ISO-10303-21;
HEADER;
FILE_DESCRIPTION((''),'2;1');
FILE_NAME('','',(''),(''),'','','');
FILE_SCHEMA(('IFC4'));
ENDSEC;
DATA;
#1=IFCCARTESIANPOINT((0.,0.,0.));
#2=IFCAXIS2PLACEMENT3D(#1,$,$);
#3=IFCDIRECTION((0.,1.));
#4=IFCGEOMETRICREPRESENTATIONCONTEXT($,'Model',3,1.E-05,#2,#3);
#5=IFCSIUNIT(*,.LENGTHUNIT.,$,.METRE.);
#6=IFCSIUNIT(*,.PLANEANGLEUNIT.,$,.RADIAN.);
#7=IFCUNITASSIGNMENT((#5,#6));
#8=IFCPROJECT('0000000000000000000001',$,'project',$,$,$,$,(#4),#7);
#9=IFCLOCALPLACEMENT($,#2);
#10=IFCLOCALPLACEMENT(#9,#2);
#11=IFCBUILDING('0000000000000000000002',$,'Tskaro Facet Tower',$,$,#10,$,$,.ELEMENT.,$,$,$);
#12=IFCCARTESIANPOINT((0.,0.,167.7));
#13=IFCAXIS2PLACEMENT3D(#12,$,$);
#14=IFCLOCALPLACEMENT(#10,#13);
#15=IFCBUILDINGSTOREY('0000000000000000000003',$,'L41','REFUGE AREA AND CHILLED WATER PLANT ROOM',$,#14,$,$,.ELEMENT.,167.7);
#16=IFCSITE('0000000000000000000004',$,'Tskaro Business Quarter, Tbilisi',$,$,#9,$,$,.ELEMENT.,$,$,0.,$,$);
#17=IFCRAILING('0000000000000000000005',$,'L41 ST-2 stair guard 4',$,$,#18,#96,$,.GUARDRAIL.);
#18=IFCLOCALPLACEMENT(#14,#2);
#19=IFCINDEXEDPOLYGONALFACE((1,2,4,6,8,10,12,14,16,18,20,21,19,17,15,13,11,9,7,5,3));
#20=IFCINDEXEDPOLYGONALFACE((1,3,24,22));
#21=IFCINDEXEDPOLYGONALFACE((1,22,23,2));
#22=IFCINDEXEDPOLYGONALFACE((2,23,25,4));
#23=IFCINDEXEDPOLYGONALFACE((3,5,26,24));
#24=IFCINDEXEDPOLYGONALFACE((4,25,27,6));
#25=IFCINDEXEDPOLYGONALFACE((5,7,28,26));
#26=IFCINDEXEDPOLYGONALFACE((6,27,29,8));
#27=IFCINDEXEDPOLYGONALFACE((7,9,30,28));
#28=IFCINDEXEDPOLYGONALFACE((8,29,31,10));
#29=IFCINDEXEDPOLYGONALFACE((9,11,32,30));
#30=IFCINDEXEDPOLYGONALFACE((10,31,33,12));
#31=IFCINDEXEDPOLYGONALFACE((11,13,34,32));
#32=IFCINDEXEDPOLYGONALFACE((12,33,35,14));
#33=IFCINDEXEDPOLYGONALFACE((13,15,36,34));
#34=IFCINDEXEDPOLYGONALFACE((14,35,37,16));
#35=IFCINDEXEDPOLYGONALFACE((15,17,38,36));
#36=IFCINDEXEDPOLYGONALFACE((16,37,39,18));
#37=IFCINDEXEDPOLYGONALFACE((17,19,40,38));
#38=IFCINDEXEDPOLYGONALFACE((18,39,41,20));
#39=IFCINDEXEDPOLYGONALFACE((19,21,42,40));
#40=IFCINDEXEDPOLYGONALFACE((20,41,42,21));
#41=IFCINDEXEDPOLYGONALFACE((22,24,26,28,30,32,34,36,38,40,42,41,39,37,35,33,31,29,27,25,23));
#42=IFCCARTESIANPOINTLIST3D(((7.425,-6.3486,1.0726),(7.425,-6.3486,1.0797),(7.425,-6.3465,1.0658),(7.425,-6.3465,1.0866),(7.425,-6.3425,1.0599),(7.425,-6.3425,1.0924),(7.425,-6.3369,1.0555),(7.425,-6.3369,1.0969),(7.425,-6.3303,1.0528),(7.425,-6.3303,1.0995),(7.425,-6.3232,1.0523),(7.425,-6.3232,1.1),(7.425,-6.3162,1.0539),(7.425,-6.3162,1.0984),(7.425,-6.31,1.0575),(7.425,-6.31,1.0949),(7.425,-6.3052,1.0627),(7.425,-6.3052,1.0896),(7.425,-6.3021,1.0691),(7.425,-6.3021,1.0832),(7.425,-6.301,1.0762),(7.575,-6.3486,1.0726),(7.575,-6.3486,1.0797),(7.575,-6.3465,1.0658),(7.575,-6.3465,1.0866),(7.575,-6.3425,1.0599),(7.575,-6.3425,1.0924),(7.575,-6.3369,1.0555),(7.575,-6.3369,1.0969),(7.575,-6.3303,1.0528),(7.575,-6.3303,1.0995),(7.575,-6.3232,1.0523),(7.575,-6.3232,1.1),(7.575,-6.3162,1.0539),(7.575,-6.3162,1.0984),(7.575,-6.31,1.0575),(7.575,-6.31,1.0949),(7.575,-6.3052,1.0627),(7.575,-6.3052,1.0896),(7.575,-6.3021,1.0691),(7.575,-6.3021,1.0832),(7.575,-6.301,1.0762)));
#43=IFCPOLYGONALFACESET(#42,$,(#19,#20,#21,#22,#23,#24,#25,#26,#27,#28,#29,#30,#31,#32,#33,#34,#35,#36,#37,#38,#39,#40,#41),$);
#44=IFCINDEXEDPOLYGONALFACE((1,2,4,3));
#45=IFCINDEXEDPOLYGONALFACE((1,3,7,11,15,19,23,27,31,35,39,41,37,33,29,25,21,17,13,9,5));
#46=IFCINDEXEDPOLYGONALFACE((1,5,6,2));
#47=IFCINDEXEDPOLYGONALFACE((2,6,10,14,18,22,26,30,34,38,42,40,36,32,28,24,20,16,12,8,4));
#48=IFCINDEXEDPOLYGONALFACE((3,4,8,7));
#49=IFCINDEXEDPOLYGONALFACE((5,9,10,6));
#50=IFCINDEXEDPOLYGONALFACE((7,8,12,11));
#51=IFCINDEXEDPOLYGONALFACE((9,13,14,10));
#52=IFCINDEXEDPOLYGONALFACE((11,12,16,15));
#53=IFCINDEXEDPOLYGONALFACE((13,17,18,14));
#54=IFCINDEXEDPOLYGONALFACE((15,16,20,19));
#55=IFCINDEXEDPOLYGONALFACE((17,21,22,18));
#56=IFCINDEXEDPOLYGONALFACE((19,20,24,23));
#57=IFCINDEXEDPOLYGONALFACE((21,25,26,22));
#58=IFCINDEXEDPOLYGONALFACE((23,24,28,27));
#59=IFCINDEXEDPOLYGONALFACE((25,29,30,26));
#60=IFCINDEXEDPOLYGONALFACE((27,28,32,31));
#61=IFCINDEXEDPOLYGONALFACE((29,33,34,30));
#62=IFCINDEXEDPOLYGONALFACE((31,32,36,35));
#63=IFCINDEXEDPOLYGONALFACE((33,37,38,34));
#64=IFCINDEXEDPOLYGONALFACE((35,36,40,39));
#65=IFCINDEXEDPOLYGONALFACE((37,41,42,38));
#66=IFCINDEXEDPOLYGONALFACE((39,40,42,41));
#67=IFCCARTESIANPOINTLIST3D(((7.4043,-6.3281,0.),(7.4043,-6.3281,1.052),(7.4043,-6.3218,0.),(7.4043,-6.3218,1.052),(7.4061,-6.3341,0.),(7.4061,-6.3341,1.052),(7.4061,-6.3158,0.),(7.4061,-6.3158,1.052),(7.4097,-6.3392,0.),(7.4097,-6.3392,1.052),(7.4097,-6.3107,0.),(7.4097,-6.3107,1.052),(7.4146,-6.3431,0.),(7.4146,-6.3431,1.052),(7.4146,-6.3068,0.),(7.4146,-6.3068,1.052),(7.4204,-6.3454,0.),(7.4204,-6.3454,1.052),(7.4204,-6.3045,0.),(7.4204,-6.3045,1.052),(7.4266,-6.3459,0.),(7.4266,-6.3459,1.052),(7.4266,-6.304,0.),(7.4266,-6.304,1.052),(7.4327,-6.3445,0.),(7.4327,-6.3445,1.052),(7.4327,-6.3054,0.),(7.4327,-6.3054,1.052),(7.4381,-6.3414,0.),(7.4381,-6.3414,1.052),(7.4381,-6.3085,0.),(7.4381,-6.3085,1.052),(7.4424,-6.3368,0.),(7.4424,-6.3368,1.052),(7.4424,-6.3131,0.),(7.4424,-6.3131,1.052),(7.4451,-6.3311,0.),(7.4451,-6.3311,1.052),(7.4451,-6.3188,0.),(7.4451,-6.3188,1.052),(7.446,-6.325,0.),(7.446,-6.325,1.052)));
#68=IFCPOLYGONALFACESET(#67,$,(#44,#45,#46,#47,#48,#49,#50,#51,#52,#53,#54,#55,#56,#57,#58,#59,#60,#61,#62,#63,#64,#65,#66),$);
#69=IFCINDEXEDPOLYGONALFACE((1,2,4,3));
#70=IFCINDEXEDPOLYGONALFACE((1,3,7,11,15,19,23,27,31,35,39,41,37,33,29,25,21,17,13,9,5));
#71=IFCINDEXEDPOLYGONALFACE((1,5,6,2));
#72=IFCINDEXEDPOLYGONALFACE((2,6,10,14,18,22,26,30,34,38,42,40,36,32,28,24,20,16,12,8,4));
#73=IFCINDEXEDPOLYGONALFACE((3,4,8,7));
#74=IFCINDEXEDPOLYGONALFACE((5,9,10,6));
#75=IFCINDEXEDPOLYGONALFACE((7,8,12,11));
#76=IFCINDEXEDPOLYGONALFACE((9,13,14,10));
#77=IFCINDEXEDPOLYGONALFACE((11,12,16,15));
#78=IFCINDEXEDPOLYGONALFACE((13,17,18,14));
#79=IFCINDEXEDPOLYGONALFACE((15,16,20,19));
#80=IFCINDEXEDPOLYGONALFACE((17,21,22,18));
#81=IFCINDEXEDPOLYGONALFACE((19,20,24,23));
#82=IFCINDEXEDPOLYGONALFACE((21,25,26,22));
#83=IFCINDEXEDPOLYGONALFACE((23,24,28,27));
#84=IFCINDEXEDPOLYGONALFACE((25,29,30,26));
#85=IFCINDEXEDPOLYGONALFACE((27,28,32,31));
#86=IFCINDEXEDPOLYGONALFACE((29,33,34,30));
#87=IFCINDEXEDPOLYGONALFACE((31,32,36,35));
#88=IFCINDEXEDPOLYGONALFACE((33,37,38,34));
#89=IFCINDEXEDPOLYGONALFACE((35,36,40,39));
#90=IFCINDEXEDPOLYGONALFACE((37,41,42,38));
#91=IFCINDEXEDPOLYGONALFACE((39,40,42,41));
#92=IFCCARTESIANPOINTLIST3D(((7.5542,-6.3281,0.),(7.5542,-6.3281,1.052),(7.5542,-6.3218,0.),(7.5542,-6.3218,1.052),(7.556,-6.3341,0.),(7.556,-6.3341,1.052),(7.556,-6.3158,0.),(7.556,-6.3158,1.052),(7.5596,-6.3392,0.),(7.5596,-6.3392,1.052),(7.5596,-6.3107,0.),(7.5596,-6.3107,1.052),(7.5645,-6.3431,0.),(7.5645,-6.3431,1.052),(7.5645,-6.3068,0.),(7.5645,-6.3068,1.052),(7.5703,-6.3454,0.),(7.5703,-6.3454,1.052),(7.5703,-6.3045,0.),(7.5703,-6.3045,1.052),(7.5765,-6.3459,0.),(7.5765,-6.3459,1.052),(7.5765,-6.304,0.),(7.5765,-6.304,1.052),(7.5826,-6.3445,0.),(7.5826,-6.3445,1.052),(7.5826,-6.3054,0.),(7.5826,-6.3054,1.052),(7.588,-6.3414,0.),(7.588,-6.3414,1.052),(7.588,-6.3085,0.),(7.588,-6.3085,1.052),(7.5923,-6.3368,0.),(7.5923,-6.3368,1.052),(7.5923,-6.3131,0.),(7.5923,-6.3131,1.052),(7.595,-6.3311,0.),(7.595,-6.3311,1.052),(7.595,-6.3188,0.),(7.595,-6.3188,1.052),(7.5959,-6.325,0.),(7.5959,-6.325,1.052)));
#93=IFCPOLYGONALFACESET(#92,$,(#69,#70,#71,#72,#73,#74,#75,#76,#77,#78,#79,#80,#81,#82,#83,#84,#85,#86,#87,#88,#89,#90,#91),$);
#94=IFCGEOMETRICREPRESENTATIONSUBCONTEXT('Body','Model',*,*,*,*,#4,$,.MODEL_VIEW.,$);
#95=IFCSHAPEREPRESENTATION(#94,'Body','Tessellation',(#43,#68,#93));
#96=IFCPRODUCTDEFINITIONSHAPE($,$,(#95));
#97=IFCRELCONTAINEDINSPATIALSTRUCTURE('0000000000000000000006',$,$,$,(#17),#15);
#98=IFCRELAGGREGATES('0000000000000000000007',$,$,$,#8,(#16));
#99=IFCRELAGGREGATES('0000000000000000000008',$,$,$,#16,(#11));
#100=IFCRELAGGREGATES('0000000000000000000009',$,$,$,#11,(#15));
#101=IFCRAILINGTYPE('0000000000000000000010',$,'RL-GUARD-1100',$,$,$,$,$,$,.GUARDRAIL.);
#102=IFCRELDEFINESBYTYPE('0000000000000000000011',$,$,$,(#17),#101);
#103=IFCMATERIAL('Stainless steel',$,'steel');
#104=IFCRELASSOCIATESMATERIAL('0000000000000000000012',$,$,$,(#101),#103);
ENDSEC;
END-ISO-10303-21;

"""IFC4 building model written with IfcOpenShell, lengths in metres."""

from ifc_helpers import new_model, si_unit, direction, frame, origin, origin_2d, place, context, subcontext, project, spatial, circle, extrude, material, type_object, element, save


model = new_model("IFC4")

# Units and contexts
model_context = context("Model", 3, precision=1e-05, world=origin(), true_north=direction((0.0, 1.0)))
body_context = subcontext(model_context, "Body", "Model", "MODEL_VIEW")
ifc_project = project(units=[si_unit("LENGTHUNIT", "METRE"), si_unit("PLANEANGLEUNIT", "RADIAN")], contexts=[model_context])

# Site, building, storey
site_placement = place(None, origin())
site = spatial("IfcSite", under=ifc_project, at=site_placement, Name="Tskaro Business Quarter, Tbilisi", CompositionType="ELEMENT", RefElevation=0.0)
building_placement = place(site_placement, origin())
building = spatial("IfcBuilding", under=site, at=building_placement, Name="Tskaro Facet Tower", CompositionType="ELEMENT")
storey_placement = place(building_placement, frame((0.0, 0.0, 167.7)))
storey = spatial("IfcBuildingStorey", under=building, at=storey_placement, Name="L41", Description="REFUGE AREA AND CHILLED WATER PLANT ROOM", CompositionType="ELEMENT", Elevation=167.7)

# Railing
ifc_material_1 = material(Name="Stainless steel", Category="steel")
railing_type_1 = type_object("IfcRailingType", Name="RL-GUARD-1100", PredefinedType="GUARDRAIL", material=ifc_material_1)
railing_1_placement = place(storey_placement, frame((7.425, -6.325, 0.0)))
element("IfcRailing", 1, at=railing_1_placement, inside=storey, type_object=railing_type_1, Name="L41 ST-2 stair guard 4", PredefinedType="GUARDRAIL", context=body_context, shape_type="SweptSolid", body=[
    extrude(circle(Radius=0.0239, at=origin_2d()), frame((0.0, 0.0, 1.0762), z_axis=(1.0, 0.0, 0.0), x_axis=(0.0, 1.0, 0.0)), (0.0, 0.0, 1.0), 0.1499),
    extrude(circle(Radius=0.021, at=origin_2d()), origin(), (0.0, 0.0, 1.0), 1.052),
    extrude(circle(Radius=0.021, at=origin_2d()), frame((0.1499, 0.0, 0.0)), (0.0, 0.0, 1.0), 1.052),
])

save(model, "model.ifc")
